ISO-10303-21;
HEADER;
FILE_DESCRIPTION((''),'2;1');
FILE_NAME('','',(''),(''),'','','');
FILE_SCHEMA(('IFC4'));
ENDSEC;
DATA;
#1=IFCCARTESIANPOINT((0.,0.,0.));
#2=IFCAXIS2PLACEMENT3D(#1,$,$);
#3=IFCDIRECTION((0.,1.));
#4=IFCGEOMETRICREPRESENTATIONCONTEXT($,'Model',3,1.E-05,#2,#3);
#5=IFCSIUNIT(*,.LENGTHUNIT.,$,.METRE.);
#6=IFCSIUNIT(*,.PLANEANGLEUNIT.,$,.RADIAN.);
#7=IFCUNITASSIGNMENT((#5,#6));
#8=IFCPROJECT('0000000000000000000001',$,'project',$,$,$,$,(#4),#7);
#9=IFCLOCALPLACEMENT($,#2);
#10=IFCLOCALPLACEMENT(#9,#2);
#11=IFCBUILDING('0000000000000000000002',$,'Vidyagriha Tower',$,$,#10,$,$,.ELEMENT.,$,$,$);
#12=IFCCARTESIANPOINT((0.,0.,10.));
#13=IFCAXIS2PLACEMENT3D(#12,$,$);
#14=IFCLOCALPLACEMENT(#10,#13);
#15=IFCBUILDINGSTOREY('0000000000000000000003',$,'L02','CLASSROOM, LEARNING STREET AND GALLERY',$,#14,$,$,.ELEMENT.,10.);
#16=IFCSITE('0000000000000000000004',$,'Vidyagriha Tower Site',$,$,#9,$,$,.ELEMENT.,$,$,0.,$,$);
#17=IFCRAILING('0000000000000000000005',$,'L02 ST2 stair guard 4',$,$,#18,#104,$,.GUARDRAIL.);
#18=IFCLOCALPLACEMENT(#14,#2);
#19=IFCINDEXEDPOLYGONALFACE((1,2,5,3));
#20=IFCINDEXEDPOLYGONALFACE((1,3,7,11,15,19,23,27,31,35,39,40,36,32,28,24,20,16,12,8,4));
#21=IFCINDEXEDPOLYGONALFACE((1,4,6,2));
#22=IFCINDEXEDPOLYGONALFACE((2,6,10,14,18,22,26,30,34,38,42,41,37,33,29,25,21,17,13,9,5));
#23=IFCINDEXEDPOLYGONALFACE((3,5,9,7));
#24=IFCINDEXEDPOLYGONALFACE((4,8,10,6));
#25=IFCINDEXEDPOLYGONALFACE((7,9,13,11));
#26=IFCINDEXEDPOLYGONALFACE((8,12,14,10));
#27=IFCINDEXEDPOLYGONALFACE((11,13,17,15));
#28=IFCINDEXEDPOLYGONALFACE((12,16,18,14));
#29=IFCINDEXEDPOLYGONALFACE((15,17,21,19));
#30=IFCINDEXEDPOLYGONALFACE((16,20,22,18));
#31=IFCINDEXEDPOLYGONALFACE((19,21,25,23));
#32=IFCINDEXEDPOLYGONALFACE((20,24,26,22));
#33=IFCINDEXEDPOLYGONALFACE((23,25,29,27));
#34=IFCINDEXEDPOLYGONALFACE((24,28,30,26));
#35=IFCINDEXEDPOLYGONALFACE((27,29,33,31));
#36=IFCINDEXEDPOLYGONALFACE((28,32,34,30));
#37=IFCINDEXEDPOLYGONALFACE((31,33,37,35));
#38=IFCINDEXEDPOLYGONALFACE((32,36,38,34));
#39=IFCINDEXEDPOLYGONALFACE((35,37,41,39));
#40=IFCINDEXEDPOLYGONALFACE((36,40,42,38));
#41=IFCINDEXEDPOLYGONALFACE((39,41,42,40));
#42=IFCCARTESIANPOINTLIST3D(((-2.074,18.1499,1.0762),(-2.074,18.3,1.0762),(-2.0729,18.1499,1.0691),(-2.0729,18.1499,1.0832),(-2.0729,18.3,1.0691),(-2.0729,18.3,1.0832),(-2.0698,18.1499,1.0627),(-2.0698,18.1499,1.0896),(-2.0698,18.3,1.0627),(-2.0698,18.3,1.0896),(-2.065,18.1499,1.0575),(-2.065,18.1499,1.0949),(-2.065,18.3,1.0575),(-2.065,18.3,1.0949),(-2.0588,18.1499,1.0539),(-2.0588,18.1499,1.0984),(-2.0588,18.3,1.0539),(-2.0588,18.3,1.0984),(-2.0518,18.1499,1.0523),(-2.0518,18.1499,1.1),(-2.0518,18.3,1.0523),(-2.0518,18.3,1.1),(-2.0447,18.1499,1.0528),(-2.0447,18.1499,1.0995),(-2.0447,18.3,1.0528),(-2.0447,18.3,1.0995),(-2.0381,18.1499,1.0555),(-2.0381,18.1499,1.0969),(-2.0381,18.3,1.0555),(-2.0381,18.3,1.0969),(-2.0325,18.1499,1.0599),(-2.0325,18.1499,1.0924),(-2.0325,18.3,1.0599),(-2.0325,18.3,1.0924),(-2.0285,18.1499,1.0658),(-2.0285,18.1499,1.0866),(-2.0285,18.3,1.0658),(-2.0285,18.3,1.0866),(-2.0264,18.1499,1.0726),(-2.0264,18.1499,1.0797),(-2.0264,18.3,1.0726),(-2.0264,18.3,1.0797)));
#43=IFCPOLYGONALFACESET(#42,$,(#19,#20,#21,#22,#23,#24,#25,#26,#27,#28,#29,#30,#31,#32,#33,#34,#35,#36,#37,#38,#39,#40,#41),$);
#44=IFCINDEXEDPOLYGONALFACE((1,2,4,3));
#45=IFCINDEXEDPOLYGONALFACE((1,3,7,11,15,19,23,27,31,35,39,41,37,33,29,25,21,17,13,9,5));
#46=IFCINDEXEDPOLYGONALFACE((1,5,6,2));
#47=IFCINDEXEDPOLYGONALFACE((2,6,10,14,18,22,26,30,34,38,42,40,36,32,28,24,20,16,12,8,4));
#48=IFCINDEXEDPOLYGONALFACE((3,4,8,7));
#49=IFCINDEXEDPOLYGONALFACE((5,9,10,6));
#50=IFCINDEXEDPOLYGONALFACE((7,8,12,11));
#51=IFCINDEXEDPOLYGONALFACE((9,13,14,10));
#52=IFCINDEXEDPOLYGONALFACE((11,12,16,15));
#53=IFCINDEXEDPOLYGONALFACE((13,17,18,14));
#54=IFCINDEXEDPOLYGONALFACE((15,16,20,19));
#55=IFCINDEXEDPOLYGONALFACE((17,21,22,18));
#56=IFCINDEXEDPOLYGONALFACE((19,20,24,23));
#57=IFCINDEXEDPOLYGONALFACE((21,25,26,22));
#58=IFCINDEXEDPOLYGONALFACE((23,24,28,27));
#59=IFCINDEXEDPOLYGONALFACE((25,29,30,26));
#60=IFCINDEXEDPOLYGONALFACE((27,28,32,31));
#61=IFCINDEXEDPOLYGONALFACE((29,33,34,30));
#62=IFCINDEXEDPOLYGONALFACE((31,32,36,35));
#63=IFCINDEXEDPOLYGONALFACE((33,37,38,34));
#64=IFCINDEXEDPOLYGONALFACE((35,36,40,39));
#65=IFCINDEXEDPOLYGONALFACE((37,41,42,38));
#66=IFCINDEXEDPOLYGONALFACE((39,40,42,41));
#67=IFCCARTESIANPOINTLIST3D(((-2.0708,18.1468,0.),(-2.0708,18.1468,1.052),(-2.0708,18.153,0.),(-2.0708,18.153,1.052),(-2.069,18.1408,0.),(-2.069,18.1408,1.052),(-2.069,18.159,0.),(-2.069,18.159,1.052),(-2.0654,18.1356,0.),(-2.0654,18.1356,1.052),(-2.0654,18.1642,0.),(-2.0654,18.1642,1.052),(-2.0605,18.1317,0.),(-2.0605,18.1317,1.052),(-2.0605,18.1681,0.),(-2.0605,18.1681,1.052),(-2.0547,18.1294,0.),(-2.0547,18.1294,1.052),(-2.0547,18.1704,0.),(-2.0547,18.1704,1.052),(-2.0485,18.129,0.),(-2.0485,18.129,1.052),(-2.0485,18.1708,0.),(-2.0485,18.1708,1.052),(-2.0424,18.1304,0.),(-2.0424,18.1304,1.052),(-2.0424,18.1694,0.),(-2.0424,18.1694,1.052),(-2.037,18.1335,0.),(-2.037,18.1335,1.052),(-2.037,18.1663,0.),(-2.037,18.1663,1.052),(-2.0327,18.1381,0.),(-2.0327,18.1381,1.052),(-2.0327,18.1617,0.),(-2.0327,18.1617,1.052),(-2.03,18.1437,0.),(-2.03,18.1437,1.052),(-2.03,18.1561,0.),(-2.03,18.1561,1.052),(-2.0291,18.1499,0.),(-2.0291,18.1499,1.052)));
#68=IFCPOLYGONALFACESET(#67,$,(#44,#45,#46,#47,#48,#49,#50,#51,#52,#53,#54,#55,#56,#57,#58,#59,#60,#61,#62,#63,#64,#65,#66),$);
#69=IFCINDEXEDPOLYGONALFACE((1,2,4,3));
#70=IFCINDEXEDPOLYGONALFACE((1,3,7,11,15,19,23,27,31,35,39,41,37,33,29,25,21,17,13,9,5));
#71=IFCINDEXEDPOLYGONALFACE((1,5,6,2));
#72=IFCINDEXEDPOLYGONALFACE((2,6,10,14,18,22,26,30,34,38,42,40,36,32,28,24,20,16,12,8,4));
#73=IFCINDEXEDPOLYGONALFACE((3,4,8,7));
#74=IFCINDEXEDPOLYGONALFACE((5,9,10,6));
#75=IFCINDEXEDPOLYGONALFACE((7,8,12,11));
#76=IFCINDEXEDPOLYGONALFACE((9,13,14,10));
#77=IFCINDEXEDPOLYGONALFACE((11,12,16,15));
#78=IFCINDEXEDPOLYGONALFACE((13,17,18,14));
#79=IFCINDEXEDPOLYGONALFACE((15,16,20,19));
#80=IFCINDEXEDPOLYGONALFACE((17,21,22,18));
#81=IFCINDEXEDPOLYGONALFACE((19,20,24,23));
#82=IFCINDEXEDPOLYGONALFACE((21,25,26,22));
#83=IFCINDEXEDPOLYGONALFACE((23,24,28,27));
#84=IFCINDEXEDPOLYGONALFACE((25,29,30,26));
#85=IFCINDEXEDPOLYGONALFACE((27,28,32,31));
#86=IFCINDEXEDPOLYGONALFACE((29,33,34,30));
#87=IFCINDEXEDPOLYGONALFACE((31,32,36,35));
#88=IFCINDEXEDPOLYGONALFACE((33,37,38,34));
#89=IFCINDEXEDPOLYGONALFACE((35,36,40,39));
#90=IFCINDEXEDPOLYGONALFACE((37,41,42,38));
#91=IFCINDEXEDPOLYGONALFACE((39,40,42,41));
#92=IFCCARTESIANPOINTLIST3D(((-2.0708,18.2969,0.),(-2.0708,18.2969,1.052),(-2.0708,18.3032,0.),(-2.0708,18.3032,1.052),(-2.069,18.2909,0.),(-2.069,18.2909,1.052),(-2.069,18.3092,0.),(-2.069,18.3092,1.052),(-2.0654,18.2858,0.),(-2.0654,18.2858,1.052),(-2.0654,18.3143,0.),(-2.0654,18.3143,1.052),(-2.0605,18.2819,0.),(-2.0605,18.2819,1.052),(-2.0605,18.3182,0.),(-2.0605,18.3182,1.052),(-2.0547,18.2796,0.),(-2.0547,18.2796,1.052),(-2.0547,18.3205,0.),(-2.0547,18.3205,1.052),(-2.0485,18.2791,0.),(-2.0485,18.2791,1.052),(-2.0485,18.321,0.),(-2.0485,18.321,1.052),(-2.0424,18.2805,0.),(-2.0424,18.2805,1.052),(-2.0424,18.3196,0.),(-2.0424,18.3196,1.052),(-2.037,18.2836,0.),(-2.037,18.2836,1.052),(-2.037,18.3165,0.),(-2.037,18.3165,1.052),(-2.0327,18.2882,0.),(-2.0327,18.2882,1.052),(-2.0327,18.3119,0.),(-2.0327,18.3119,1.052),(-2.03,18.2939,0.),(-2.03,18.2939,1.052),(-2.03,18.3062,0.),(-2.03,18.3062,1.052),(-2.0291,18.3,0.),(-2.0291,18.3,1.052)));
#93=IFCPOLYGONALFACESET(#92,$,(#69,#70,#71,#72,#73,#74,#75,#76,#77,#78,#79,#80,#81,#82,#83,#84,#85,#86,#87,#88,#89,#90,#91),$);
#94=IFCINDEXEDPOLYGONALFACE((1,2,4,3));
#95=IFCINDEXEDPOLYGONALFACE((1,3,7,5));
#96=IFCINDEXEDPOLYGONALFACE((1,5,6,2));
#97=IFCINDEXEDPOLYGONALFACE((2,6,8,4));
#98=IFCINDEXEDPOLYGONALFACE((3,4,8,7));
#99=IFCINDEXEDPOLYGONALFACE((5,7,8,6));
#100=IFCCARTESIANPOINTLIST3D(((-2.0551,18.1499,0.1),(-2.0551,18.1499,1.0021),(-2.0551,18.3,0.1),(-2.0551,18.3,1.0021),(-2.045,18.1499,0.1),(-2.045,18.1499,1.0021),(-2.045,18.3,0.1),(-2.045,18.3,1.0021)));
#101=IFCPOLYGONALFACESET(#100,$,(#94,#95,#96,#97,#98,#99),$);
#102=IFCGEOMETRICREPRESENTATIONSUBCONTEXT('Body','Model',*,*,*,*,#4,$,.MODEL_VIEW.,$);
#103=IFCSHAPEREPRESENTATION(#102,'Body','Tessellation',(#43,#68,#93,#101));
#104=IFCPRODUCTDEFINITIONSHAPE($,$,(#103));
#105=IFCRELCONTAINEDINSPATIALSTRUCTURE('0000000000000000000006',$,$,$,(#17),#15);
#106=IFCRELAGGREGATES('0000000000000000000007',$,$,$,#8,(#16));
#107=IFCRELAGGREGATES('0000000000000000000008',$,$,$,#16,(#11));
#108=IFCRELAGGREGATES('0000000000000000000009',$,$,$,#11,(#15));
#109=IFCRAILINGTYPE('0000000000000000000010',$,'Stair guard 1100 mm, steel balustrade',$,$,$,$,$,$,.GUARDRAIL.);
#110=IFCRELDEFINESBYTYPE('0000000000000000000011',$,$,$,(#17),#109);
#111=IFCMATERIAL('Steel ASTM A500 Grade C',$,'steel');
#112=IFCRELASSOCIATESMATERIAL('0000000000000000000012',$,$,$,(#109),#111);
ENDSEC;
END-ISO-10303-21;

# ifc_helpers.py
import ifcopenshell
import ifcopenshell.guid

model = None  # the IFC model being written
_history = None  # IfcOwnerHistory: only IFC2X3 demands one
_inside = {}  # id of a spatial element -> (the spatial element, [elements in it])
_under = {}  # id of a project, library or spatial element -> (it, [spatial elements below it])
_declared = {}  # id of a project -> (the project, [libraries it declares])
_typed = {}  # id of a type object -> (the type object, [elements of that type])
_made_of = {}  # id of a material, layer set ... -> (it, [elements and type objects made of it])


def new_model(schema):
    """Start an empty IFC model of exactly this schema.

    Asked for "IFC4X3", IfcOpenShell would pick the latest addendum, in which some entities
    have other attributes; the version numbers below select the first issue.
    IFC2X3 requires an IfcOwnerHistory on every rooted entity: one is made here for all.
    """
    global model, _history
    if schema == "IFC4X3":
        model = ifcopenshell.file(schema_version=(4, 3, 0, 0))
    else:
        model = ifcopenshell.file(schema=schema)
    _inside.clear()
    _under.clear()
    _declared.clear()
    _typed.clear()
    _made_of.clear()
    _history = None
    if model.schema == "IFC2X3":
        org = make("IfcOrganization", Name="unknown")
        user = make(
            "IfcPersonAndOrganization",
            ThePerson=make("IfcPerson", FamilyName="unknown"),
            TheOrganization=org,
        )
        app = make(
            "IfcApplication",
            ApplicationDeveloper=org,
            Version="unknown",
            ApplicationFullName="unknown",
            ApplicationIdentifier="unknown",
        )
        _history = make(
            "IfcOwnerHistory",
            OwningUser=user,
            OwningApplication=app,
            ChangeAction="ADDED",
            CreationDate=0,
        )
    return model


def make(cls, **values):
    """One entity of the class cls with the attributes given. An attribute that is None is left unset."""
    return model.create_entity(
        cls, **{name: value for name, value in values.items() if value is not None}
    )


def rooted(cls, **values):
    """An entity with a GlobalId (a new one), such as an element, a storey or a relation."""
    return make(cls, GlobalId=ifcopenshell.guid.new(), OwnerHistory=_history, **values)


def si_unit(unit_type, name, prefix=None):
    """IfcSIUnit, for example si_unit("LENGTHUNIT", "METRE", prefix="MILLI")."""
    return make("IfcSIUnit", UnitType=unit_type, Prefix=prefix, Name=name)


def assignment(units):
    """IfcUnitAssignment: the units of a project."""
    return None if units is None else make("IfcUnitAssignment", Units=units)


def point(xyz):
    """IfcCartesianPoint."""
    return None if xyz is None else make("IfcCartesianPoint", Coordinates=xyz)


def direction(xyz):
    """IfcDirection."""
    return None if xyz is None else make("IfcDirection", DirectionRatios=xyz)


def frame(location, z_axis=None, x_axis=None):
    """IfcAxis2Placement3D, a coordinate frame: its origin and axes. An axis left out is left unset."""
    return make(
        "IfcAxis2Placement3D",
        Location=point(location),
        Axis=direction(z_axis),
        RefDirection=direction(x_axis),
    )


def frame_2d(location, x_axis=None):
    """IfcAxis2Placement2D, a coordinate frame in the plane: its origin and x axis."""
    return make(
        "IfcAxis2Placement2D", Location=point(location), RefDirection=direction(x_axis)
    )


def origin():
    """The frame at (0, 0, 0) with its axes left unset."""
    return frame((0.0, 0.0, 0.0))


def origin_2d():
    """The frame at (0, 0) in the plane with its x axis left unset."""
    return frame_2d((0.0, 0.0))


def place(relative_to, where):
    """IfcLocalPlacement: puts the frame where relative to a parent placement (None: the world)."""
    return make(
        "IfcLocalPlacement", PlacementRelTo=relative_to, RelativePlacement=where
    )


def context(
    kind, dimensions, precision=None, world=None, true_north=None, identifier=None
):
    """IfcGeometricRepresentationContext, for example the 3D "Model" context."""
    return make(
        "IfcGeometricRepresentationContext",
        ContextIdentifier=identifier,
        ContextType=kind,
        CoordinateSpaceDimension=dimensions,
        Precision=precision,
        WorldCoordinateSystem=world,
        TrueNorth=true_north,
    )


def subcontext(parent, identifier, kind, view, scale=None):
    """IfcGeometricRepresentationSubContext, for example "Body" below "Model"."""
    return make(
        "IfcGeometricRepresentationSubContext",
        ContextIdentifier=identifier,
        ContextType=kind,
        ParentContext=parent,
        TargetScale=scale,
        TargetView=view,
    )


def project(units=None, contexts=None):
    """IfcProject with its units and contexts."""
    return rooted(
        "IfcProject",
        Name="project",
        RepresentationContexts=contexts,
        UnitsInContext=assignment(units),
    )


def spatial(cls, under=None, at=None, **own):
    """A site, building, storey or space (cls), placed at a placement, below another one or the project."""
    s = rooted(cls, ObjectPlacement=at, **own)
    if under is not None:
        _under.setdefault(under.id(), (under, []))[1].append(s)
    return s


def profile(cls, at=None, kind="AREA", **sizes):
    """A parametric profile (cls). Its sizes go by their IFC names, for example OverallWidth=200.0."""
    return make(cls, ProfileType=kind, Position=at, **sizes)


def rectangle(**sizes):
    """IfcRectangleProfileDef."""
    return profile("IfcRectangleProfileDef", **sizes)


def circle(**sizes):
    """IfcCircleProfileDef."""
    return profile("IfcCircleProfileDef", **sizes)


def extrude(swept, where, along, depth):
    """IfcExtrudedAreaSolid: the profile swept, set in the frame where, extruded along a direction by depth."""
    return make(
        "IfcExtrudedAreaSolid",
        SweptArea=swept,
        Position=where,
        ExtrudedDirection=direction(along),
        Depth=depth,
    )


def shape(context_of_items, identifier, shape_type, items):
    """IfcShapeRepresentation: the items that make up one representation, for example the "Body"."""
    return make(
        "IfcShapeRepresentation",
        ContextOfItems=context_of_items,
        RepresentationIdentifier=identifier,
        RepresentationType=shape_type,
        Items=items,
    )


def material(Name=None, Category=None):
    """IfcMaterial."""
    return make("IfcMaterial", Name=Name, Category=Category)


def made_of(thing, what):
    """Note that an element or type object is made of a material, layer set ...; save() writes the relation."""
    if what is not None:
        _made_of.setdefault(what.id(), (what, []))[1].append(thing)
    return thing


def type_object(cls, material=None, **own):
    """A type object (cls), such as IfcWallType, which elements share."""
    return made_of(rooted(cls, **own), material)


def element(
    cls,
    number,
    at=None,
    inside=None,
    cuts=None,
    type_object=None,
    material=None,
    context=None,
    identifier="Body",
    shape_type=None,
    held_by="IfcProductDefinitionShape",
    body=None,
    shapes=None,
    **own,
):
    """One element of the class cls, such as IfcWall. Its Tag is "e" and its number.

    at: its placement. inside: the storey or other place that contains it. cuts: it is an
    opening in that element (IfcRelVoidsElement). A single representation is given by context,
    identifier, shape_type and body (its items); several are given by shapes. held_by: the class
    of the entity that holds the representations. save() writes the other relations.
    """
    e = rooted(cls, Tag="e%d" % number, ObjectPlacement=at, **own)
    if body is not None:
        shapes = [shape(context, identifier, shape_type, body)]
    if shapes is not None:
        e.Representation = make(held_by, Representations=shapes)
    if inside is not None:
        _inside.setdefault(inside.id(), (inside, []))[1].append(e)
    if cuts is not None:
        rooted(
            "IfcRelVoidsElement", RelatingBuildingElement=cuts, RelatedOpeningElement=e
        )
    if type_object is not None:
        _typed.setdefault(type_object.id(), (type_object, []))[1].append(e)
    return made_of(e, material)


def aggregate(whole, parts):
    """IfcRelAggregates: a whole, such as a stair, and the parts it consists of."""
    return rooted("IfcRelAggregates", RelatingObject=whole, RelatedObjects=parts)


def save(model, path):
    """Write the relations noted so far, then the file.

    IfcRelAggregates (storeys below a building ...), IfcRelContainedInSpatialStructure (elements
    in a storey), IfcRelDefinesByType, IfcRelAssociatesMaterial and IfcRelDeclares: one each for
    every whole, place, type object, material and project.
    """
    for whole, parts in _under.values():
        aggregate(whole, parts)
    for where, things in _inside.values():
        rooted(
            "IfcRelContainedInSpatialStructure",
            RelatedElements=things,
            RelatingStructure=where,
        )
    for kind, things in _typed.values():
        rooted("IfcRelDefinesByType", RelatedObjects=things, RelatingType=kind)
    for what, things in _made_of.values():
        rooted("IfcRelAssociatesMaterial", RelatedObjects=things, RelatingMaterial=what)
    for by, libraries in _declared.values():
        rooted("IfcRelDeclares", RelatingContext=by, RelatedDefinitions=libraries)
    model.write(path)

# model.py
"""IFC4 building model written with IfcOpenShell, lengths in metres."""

from ifc_helpers import new_model, si_unit, direction, frame, origin, origin_2d, place, context, subcontext, project, spatial, rectangle, circle, extrude, material, type_object, element, save


model = new_model("IFC4")

# Units and contexts
model_context = context("Model", 3, precision=1e-05, world=origin(), true_north=direction((0.0, 1.0)))
body_context = subcontext(model_context, "Body", "Model", "MODEL_VIEW")
ifc_project = project(units=[si_unit("LENGTHUNIT", "METRE"), si_unit("PLANEANGLEUNIT", "RADIAN")], contexts=[model_context])

# Site, building, storey
site_placement = place(None, origin())
site = spatial("IfcSite", under=ifc_project, at=site_placement, Name="Vidyagriha Tower Site", CompositionType="ELEMENT", RefElevation=0.0)
building_placement = place(site_placement, origin())
building = spatial("IfcBuilding", under=site, at=building_placement, Name="Vidyagriha Tower", CompositionType="ELEMENT")
storey_placement = place(building_placement, frame((0.0, 0.0, 10.0)))
storey = spatial("IfcBuildingStorey", under=building, at=storey_placement, Name="L02", Description="CLASSROOM, LEARNING STREET AND GALLERY", CompositionType="ELEMENT", Elevation=10.0)

# Railing
ifc_material_1 = material(Name="Steel ASTM A500 Grade C", Category="steel")
railing_type_1 = type_object("IfcRailingType", Name="Stair guard 1100 mm, steel balustrade", PredefinedType="GUARDRAIL", material=ifc_material_1)
railing_1_placement = place(storey_placement, frame((-2.05, 18.1499, 0.0)))
element("IfcRailing", 1, at=railing_1_placement, inside=storey, type_object=railing_type_1, Name="L02 ST2 stair guard 4", PredefinedType="GUARDRAIL", context=body_context, shape_type="SweptSolid", body=[
    extrude(circle(Radius=0.0239, at=origin_2d()), frame((0.0, 0.0, 1.0762), z_axis=(0.0, 1.0, 0.0), x_axis=(-1.0, 0.0, 0.0)), (0.0, 0.0, 1.0), 0.1501),
    extrude(circle(Radius=0.021, at=origin_2d()), origin(), (0.0, 0.0, 1.0), 1.052),
    extrude(circle(Radius=0.021, at=origin_2d()), frame((0.0, 0.1501, 0.0)), (0.0, 0.0, 1.0), 1.052),
    extrude(rectangle(XDim=0.01, YDim=0.9021, at=origin_2d()), frame((0.0, 0.0, 0.551), z_axis=(0.0, 1.0, 0.0), x_axis=(-1.0, 0.0, 0.0)), (0.0, 0.0, 1.0), 0.1501),
])

save(model, "model.ifc")
